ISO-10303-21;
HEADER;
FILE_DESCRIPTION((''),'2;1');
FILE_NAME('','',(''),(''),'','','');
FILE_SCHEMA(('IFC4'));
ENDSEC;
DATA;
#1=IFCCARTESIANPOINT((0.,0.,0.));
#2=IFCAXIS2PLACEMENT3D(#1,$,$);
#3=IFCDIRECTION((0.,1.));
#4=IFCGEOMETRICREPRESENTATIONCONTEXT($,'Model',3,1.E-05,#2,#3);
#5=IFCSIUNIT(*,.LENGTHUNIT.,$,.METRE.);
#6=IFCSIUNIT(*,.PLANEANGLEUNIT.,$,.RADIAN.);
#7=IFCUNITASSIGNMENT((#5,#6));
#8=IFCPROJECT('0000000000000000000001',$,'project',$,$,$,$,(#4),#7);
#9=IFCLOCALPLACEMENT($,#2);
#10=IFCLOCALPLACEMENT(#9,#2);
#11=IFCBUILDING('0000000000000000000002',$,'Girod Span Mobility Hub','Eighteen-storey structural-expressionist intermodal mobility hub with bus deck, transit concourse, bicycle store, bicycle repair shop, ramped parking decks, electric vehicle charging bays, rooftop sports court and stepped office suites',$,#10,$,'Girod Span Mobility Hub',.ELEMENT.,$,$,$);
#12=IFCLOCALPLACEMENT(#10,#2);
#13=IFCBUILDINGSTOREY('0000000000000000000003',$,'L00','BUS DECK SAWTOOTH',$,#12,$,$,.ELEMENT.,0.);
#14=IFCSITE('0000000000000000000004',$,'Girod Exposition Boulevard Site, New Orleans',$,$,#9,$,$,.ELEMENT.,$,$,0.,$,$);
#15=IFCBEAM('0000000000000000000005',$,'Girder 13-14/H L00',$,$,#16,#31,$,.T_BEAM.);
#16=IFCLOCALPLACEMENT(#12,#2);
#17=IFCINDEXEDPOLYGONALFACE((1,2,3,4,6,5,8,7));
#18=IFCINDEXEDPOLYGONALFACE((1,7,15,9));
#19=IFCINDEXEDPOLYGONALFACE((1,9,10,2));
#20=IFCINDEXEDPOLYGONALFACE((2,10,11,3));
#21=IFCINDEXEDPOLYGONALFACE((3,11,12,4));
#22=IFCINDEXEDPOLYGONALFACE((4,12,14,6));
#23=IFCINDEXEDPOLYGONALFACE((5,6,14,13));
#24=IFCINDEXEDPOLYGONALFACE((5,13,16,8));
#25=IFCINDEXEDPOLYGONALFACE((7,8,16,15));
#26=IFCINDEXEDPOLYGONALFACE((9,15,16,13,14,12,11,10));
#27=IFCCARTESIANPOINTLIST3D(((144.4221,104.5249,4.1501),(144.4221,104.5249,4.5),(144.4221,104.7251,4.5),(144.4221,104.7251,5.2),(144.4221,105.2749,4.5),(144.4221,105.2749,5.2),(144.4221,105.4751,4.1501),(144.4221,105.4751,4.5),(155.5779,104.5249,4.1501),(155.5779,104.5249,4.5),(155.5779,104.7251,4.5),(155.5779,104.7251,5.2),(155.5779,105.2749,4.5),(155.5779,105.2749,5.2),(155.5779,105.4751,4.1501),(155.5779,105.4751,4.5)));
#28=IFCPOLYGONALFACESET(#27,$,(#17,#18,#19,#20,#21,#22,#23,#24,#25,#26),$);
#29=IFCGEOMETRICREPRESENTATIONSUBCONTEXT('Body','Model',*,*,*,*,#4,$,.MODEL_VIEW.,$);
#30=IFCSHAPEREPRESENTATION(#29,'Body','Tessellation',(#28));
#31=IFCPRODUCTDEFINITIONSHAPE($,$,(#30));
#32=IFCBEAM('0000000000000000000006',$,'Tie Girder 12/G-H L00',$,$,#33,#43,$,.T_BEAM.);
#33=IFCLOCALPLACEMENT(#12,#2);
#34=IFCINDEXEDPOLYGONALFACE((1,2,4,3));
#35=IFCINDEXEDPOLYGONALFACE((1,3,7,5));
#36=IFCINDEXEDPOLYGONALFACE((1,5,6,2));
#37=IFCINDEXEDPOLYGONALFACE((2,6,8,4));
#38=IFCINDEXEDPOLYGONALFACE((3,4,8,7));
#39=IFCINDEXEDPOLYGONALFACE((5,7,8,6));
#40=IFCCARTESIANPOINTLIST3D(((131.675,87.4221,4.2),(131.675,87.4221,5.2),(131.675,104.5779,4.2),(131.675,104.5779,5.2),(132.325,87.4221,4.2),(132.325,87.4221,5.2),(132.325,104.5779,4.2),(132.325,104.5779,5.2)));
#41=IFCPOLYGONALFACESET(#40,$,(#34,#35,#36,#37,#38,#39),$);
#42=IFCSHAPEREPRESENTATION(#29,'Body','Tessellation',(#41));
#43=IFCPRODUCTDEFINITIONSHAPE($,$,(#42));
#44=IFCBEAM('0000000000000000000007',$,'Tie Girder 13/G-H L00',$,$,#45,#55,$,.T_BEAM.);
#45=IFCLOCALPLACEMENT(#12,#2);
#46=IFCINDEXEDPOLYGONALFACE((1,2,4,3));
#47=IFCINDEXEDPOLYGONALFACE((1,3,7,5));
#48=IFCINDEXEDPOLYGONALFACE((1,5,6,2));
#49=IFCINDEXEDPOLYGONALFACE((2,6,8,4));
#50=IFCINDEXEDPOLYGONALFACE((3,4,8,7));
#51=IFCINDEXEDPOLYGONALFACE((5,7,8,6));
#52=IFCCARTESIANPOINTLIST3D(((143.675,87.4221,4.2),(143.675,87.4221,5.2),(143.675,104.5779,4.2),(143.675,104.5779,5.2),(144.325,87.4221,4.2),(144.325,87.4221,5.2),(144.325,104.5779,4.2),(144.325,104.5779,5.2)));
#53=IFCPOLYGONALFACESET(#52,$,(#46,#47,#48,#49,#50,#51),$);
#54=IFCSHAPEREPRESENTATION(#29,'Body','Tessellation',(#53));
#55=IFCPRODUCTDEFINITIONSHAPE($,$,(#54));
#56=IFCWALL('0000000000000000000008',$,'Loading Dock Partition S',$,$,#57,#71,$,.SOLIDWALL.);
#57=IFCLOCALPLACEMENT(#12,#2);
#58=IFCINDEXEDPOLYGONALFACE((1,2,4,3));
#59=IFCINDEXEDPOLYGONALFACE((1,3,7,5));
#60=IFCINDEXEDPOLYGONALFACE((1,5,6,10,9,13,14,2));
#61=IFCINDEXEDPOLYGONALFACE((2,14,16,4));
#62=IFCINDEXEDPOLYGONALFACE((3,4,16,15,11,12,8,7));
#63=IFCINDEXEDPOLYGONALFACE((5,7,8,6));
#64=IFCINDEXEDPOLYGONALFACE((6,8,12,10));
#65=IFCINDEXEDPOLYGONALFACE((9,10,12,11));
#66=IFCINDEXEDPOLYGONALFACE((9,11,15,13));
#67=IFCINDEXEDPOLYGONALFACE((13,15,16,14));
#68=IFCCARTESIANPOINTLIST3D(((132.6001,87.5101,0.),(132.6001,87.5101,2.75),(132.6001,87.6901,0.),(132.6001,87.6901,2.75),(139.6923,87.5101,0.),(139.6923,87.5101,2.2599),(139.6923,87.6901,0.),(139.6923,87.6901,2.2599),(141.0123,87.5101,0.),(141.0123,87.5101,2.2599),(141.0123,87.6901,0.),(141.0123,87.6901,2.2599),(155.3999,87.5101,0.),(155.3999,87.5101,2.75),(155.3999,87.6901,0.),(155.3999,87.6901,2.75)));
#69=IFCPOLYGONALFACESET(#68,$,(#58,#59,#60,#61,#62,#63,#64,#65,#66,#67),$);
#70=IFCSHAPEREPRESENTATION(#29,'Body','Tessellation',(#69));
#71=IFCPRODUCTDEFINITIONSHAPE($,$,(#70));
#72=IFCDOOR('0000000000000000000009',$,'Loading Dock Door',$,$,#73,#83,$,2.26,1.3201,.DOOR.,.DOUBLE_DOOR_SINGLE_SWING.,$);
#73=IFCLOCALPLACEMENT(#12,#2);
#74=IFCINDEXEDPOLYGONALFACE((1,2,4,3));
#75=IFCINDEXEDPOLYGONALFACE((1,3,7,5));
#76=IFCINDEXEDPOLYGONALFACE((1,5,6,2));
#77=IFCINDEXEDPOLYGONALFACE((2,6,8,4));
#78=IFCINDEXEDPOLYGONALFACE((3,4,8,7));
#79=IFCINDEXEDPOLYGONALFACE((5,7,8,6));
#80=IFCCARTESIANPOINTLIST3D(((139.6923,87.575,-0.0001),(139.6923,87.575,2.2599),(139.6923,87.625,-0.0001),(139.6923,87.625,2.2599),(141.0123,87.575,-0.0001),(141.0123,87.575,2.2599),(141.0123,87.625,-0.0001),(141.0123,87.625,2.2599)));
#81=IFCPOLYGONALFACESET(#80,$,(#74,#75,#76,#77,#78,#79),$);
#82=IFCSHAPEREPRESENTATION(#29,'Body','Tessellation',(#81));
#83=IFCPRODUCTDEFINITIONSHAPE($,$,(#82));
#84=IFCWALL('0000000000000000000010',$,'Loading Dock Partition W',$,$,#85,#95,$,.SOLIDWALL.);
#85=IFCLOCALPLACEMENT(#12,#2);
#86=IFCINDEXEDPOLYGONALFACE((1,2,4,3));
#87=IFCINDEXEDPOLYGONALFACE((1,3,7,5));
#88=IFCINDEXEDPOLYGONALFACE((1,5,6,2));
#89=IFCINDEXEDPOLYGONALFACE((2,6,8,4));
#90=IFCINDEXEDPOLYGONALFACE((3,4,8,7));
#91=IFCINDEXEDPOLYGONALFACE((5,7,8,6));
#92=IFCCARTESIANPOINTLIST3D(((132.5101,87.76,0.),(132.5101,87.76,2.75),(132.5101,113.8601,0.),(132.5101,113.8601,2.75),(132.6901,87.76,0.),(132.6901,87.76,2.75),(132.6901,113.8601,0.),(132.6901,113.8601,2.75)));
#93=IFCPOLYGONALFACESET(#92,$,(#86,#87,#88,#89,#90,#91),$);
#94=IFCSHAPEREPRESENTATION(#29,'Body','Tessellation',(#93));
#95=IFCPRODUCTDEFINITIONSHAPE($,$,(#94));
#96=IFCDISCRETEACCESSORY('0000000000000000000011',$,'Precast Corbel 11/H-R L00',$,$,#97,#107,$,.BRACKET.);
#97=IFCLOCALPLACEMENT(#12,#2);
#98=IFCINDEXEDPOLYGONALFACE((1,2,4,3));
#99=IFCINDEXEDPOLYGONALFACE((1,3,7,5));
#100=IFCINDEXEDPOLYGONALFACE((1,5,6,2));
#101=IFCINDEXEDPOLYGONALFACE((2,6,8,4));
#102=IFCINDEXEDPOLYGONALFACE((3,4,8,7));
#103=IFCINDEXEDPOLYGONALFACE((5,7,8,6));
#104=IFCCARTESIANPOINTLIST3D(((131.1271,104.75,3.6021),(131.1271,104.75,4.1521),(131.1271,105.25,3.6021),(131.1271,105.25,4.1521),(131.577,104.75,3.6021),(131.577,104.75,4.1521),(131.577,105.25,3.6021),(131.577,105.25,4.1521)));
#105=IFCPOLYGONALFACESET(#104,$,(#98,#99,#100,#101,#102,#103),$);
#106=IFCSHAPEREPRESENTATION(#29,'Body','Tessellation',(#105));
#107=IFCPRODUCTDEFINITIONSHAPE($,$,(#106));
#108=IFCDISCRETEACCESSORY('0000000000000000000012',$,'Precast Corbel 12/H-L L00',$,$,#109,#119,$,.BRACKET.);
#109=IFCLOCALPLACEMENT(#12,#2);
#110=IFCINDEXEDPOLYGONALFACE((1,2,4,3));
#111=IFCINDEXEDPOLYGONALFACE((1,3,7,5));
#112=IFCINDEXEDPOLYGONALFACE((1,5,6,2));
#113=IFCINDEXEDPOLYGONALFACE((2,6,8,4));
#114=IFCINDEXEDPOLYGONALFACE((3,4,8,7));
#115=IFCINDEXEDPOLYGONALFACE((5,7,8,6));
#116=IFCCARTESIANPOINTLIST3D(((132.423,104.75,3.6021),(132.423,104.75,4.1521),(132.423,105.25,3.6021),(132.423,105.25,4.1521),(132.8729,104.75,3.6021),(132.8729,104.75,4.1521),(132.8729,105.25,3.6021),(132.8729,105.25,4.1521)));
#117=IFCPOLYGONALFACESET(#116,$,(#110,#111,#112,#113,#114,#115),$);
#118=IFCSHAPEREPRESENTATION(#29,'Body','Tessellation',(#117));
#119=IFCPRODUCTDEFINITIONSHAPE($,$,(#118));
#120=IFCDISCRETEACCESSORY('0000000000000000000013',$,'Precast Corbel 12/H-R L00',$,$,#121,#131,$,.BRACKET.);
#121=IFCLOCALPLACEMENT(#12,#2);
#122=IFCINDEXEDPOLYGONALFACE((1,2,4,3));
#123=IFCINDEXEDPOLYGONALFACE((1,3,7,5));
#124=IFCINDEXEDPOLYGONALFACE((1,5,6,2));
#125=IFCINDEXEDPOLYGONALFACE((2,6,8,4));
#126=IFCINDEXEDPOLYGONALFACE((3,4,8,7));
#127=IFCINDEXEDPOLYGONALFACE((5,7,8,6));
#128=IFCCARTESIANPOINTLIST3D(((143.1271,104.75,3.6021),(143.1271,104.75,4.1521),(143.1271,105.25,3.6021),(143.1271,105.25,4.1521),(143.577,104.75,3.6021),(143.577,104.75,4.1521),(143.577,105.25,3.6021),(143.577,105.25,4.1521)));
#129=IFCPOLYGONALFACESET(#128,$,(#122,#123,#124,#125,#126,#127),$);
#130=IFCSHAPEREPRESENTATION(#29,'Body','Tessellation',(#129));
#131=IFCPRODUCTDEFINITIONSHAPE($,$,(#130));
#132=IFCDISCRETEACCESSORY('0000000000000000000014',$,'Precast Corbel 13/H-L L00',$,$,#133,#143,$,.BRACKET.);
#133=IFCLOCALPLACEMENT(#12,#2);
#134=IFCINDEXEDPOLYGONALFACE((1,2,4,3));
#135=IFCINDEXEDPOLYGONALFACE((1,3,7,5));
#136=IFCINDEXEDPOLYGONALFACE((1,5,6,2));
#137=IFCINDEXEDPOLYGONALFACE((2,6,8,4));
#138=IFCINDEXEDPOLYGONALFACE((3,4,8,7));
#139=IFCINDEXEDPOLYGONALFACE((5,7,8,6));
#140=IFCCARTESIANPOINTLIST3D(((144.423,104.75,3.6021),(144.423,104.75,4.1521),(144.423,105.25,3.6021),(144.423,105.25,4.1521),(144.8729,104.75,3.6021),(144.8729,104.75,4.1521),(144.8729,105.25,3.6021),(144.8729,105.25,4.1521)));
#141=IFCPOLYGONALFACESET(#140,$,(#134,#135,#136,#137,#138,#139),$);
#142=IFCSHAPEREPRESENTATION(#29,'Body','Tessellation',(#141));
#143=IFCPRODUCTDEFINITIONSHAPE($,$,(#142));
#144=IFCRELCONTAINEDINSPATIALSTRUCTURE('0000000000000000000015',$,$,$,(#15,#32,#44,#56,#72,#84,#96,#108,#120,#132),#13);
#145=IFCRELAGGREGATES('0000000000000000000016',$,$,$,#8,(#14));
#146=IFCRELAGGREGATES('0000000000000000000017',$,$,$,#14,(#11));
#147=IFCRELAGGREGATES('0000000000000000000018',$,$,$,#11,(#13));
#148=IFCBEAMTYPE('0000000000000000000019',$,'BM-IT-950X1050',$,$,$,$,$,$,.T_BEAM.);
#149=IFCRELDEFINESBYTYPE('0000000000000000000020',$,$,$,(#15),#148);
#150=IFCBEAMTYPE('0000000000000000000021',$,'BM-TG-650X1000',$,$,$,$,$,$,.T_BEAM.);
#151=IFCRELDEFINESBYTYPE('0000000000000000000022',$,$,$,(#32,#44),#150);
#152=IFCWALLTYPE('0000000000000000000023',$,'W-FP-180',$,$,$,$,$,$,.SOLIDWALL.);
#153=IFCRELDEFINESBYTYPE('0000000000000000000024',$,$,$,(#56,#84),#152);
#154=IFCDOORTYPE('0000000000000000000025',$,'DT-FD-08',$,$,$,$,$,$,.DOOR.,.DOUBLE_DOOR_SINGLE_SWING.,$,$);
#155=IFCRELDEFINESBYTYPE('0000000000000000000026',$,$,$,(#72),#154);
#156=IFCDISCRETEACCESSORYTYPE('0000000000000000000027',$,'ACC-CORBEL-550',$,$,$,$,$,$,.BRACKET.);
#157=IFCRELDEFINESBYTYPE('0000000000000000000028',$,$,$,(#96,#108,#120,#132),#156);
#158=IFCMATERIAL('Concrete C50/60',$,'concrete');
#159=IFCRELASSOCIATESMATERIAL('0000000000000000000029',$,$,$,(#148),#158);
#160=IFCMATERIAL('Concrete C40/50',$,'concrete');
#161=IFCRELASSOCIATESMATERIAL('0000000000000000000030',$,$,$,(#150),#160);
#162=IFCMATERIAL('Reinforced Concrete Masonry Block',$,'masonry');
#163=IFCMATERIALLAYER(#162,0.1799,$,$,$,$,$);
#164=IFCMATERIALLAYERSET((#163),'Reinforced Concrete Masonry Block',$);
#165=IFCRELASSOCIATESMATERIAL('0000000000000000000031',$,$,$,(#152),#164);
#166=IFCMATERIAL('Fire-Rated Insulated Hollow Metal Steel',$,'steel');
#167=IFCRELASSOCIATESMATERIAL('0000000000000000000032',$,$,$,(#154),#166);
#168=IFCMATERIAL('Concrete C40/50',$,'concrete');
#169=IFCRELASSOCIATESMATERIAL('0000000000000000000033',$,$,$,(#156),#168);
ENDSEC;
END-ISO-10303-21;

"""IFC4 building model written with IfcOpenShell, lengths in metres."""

from ifc_helpers import new_model, si_unit, direction, frame, frame_2d, origin, origin_2d, place, context, subcontext, project, spatial, polyline, rectangle, outline, extrude, material, layer, layer_set, material_profile, profile_set, type_object, element, fill, save


model = new_model("IFC4")

# Units and contexts
model_context = context("Model", 3, precision=1e-05, world=origin(), true_north=direction((0.0, 1.0)))
body_context = subcontext(model_context, "Body", "Model", "MODEL_VIEW")
ifc_project = project(units=[si_unit("LENGTHUNIT", "METRE"), si_unit("PLANEANGLEUNIT", "RADIAN")], contexts=[model_context])

# Site, building, storey
site_placement = place(None, origin())
site = spatial("IfcSite", under=ifc_project, at=site_placement, Name="Girod Exposition Boulevard Site, New Orleans", CompositionType="ELEMENT", RefElevation=0.0)
building_placement = place(site_placement, origin())
building = spatial("IfcBuilding", under=site, at=building_placement, Name="Girod Span Mobility Hub", Description="Eighteen-storey structural-expressionist intermodal mobility hub with bus deck, transit concourse, bicycle store, bicycle repair shop, ramped parking decks, electric vehicle charging bays, rooftop sports court and stepped office suites", LongName="Girod Span Mobility Hub", CompositionType="ELEMENT")
storey_placement = place(building_placement, origin())
storey = spatial("IfcBuildingStorey", under=building, at=storey_placement, Name="L00", Description="BUS DECK SAWTOOTH", CompositionType="ELEMENT", Elevation=0.0)

# Beams
ifc_material_1 = material(Name="Concrete C50/60", Category="concrete")
ifc_material_profile_1 = material_profile(ifc_material_1, outline(polyline([(-0.4751, -0.5249), (0.4751, -0.5249), (0.4751, -0.175), (0.2749, -0.175), (0.2749, 0.5249), (-0.2749, 0.5249), (-0.2749, -0.175), (-0.4751, -0.175), (-0.4751, -0.5249)])), Name="IT-950X1050")
ifc_profile_set_1 = profile_set([ifc_material_profile_1], Name="Concrete C50/60")
beam_type_1 = type_object("IfcBeamType", Name="BM-IT-950X1050", PredefinedType="T_BEAM", material=ifc_profile_set_1)
for number, where, z_axis, x_axis, name in (
    (1, (144.4221, 105.0, 4.675), (1.0, 0.0, 0.0), (0.0, 1.0, 0.0), "Girder 13-14/H L00"),
):
    element("IfcBeam", number, at=place(storey_placement, frame(where, z_axis=z_axis, x_axis=x_axis)), inside=storey, type_object=beam_type_1, Name=name, PredefinedType="T_BEAM", context=body_context, shape_type="SweptSolid", body=[
        extrude(outline(polyline([(-0.4751, -0.5249), (0.4751, -0.5249), (0.4751, -0.175), (0.2749, -0.175), (0.2749, 0.5249), (-0.2749, 0.5249), (-0.2749, -0.175), (-0.4751, -0.175), (-0.4751, -0.5249)])), origin(), (0.0, 0.0, 1.0), 11.1558),
    ])
ifc_material_2 = material(Name="Concrete C40/50", Category="concrete")
ifc_material_profile_2 = material_profile(ifc_material_2, rectangle(XDim=0.6499, YDim=1.0, at=origin_2d()), Name="TG-650X1000")
ifc_profile_set_2 = profile_set([ifc_material_profile_2], Name="Concrete C40/50")
beam_type_2 = type_object("IfcBeamType", Name="BM-TG-650X1000", PredefinedType="T_BEAM", material=ifc_profile_set_2)
for number, where, z_axis, x_axis, name in (
    (2, (132.0, 87.4221, 4.7), (0.0, 1.0, 0.0), (-1.0, 0.0, 0.0), "Tie Girder 12/G-H L00"),
    (3, (144.0, 87.4221, 4.7), (0.0, 1.0, 0.0), (-1.0, 0.0, 0.0), "Tie Girder 13/G-H L00"),
):
    element("IfcBeam", number, at=place(storey_placement, frame(where, z_axis=z_axis, x_axis=x_axis)), inside=storey, type_object=beam_type_2, Name=name, PredefinedType="T_BEAM", context=body_context, shape_type="SweptSolid", body=[
        extrude(rectangle(XDim=0.6499, YDim=1.0, at=origin_2d()), origin(), (0.0, 0.0, 1.0), 17.1558),
    ])

# Wall, opening, door
ifc_material_3 = material(Name="Reinforced Concrete Masonry Block", Category="masonry")
ifc_layer = layer(ifc_material_3, 0.1799)
ifc_layer_set = layer_set([ifc_layer], Name="Reinforced Concrete Masonry Block")
wall_type = type_object("IfcWallType", Name="W-FP-180", PredefinedType="SOLIDWALL", material=ifc_layer_set)
wall_1_placement = place(storey_placement, frame((132.6001, 87.6001, 0.0), z_axis=(0.0, 0.0, 1.0), x_axis=(1.0, 0.0, 0.0)))
wall_1 = element("IfcWall", 4, at=wall_1_placement, inside=storey, type_object=wall_type, Name="Loading Dock Partition S", PredefinedType="SOLIDWALL", context=body_context, shape_type="SweptSolid", body=[
    extrude(rectangle(XDim=22.7998, YDim=0.1799, at=frame_2d((11.3999, 0.0))), origin(), (0.0, 0.0, 1.0), 2.75),
])
opening_placement = place(wall_1_placement, frame((7.092, 0.0, 0.0)))
opening = element("IfcOpeningElement", 5, at=opening_placement, cuts=wall_1, PredefinedType="OPENING", context=body_context, shape_type="SweptSolid", body=[
    extrude(rectangle(XDim=1.3201, YDim=2.26, at=frame_2d((0.6602, 1.1299))), frame((0.0, 0.105, 0.0), z_axis=(0.0, -1.0, 0.0), x_axis=(1.0, 0.0, 0.0)), (0.0, 0.0, 1.0), 0.21),
])
ifc_material_4 = material(Name="Fire-Rated Insulated Hollow Metal Steel", Category="steel")
door_type = type_object("IfcDoorType", Name="DT-FD-08", OperationType="DOUBLE_DOOR_SINGLE_SWING", PredefinedType="DOOR", material=ifc_material_4)
door_placement = place(opening_placement, origin())
door = element("IfcDoor", 6, at=door_placement, inside=storey, type_object=door_type, Name="Loading Dock Door", OperationType="DOUBLE_DOOR_SINGLE_SWING", OverallHeight=2.26, OverallWidth=1.3201, PredefinedType="DOOR", context=body_context, shape_type="SweptSolid", body=[
    extrude(rectangle(XDim=1.3201, YDim=2.26, at=frame_2d((0.6602, 1.1299))), frame((0.0, 0.0249, 0.0), z_axis=(0.0, -1.0, 0.0), x_axis=(1.0, 0.0, 0.0)), (0.0, 0.0, 1.0), 0.05),
])
fill(opening, door)

# Wall
wall_2_placement = place(storey_placement, frame((132.6001, 87.76, 0.0), z_axis=(0.0, 0.0, 1.0), x_axis=(0.0, 1.0, 0.0)))
element("IfcWall", 7, at=wall_2_placement, inside=storey, type_object=wall_type, Name="Loading Dock Partition W", PredefinedType="SOLIDWALL", context=body_context, shape_type="SweptSolid", body=[
    extrude(rectangle(XDim=26.1001, YDim=0.1799, at=frame_2d((13.05, 0.0))), origin(), (0.0, 0.0, 1.0), 2.75),
])

# Discrete accessories
ifc_material_5 = material(Name="Concrete C40/50", Category="concrete")
discrete_accessory_type = type_object("IfcDiscreteAccessoryType", Name="ACC-CORBEL-550", PredefinedType="BRACKET", material=ifc_material_5)
for number, where, z_axis, x_axis, name in (
    (8, (131.3521, 105.0, 3.6021), (0.0, 0.0, 1.0), (1.0, 0.0, 0.0), "Precast Corbel 11/H-R L00"),
    (9, (132.6479, 105.0, 3.6021), (0.0, 0.0, 1.0), (1.0, 0.0, 0.0), "Precast Corbel 12/H-L L00"),
    (10, (143.3521, 105.0, 3.6021), (0.0, 0.0, 1.0), (1.0, 0.0, 0.0), "Precast Corbel 12/H-R L00"),
    (11, (144.6479, 105.0, 3.6021), (0.0, 0.0, 1.0), (1.0, 0.0, 0.0), "Precast Corbel 13/H-L L00"),
):
    element("IfcDiscreteAccessory", number, at=place(storey_placement, frame(where, z_axis=z_axis, x_axis=x_axis)), inside=storey, type_object=discrete_accessory_type, Name=name, PredefinedType="BRACKET", context=body_context, shape_type="SweptSolid", body=[
        extrude(rectangle(XDim=0.45, YDim=0.5, at=origin_2d()), origin(), (0.0, 0.0, 1.0), 0.55),
    ])

save(model, "model.ifc")
